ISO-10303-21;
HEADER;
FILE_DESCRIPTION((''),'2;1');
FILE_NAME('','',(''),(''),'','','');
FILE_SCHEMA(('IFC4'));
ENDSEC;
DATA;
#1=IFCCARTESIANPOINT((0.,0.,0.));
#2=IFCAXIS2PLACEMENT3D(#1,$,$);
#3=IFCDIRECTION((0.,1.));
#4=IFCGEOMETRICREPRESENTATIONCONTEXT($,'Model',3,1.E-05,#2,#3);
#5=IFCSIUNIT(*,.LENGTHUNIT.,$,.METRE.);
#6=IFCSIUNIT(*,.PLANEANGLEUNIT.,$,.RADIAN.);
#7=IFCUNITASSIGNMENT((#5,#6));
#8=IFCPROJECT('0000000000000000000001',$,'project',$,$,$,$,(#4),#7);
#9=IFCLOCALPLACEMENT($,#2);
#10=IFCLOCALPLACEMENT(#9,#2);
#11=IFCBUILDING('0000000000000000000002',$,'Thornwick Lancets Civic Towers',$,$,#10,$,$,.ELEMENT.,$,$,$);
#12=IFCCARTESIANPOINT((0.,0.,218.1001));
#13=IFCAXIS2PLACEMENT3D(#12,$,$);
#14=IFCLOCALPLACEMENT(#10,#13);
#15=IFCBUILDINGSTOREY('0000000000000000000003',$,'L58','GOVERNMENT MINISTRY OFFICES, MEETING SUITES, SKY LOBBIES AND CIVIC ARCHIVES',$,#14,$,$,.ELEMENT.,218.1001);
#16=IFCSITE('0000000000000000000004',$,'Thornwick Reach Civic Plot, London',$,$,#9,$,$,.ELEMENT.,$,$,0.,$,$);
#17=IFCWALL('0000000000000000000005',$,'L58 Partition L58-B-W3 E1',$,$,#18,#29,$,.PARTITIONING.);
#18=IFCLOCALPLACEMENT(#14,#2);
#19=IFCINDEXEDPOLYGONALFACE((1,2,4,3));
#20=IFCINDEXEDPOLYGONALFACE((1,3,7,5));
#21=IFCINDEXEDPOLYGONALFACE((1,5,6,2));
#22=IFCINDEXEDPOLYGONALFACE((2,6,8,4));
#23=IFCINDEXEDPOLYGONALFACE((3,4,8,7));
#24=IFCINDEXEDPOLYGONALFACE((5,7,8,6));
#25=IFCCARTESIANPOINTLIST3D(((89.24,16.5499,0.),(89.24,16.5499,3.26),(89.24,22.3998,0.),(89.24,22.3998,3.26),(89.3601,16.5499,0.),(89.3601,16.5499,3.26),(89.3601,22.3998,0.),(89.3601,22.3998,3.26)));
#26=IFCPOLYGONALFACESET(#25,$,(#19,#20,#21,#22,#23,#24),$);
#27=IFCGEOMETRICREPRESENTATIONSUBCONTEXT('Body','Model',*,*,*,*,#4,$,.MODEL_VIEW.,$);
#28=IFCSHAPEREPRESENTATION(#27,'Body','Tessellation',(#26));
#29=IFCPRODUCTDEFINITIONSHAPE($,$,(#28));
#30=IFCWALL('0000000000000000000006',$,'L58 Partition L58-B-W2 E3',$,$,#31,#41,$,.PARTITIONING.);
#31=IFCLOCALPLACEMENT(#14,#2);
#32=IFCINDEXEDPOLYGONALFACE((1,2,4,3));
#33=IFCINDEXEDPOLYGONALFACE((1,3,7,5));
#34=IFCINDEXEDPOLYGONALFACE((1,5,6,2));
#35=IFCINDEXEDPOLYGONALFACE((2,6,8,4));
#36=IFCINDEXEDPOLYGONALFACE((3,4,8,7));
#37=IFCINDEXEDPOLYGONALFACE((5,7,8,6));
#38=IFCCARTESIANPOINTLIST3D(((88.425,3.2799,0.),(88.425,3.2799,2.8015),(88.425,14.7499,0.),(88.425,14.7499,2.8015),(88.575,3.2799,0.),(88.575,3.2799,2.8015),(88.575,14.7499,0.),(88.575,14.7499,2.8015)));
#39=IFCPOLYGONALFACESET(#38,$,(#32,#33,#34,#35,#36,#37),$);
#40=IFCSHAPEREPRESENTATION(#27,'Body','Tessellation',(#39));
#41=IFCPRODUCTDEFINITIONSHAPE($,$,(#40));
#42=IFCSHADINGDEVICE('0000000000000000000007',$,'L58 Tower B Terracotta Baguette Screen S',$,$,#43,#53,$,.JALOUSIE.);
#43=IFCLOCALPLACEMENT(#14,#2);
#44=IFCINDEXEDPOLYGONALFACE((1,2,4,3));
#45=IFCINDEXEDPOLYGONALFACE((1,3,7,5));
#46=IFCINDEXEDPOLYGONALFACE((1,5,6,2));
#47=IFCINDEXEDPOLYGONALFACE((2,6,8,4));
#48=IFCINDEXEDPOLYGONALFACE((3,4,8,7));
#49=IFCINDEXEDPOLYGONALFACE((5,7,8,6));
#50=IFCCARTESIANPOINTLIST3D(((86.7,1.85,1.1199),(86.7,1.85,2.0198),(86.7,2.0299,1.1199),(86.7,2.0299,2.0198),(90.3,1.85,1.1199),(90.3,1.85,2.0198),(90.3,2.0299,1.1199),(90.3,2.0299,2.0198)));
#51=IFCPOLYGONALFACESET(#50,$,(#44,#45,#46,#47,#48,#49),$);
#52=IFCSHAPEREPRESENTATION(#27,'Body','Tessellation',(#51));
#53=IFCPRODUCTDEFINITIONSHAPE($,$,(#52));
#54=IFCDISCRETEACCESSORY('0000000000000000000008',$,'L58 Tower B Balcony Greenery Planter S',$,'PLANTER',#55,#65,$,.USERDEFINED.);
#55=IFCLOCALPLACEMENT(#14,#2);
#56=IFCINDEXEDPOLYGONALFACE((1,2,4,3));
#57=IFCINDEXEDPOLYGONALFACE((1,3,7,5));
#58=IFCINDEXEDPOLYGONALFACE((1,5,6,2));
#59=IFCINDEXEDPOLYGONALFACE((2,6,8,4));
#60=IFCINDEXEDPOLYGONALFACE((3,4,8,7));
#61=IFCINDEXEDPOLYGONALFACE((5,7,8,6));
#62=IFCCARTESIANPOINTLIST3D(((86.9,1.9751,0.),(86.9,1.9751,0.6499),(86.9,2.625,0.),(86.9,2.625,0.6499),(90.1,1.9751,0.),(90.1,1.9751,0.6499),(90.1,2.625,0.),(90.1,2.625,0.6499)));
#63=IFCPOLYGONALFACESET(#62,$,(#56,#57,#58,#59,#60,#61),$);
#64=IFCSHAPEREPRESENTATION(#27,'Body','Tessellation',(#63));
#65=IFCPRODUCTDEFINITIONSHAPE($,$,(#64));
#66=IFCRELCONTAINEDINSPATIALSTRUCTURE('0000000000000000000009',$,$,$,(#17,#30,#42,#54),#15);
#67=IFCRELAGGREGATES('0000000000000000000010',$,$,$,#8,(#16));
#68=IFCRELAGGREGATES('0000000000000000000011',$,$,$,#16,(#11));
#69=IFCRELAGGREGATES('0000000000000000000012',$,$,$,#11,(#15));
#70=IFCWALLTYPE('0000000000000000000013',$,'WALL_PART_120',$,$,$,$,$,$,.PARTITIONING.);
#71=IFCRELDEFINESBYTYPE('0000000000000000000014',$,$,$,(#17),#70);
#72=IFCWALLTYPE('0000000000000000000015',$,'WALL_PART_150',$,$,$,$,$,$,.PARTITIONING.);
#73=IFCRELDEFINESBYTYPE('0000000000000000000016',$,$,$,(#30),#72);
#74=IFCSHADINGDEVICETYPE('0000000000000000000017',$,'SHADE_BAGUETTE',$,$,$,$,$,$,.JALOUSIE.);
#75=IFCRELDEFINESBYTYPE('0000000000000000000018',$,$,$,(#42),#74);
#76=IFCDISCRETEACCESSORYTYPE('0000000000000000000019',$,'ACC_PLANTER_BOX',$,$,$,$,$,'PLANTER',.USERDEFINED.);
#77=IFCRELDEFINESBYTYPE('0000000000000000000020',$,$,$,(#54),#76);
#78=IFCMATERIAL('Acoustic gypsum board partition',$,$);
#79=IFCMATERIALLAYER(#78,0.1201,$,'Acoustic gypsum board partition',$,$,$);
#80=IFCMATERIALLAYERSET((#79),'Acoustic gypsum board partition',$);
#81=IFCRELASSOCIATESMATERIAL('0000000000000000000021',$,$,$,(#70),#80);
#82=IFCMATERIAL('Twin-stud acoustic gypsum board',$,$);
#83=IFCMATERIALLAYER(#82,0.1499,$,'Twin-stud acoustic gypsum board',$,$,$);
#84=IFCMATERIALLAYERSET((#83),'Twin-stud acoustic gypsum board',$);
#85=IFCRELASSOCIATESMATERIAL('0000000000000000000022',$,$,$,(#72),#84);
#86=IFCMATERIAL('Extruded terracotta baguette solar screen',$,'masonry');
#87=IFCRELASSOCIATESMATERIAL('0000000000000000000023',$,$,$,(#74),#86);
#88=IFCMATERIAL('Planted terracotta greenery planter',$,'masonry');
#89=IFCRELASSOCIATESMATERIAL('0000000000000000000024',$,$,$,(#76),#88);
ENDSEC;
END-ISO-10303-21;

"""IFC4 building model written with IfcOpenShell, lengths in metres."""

from ifc_helpers import new_model, si_unit, direction, frame, frame_2d, origin, origin_2d, place, context, subcontext, project, spatial, rectangle, extrude, material, layer, layer_set, type_object, element, save


model = new_model("IFC4")

# Units and contexts
model_context = context("Model", 3, precision=1e-05, world=origin(), true_north=direction((0.0, 1.0)))
body_context = subcontext(model_context, "Body", "Model", "MODEL_VIEW")
ifc_project = project(units=[si_unit("LENGTHUNIT", "METRE"), si_unit("PLANEANGLEUNIT", "RADIAN")], contexts=[model_context])

# Site, building, storey
site_placement = place(None, origin())
site = spatial("IfcSite", under=ifc_project, at=site_placement, Name="Thornwick Reach Civic Plot, London", CompositionType="ELEMENT", RefElevation=0.0)
building_placement = place(site_placement, origin())
building = spatial("IfcBuilding", under=site, at=building_placement, Name="Thornwick Lancets Civic Towers", CompositionType="ELEMENT")
storey_placement = place(building_placement, frame((0.0, 0.0, 218.1001)))
storey = spatial("IfcBuildingStorey", under=building, at=storey_placement, Name="L58", Description="GOVERNMENT MINISTRY OFFICES, MEETING SUITES, SKY LOBBIES AND CIVIC ARCHIVES", CompositionType="ELEMENT", Elevation=218.1001)

# Shared definitions
ifc_material_1 = material(Name="Acoustic gypsum board partition")
ifc_layer_1 = layer(ifc_material_1, 0.1201, Name="Acoustic gypsum board partition")
ifc_layer_set_1 = layer_set([ifc_layer_1], Name="Acoustic gypsum board partition")
wall_type_1 = type_object("IfcWallType", Name="WALL_PART_120", PredefinedType="PARTITIONING", material=ifc_layer_set_1)

# Walls
wall_1_placement = place(storey_placement, frame((89.3, 16.55, 0.0), z_axis=(0.0, 0.0, 1.0), x_axis=(0.0, 1.0, 0.0)))
element("IfcWall", 1, at=wall_1_placement, inside=storey, type_object=wall_type_1, Name="L58 Partition L58-B-W3 E1", PredefinedType="PARTITIONING", context=body_context, shape_type="SweptSolid", body=[
    extrude(rectangle(XDim=5.8499, YDim=0.1201, at=frame_2d((2.9248, 0.0))), origin(), (0.0, 0.0, 1.0), 3.26),
])
ifc_material_2 = material(Name="Twin-stud acoustic gypsum board")
ifc_layer_2 = layer(ifc_material_2, 0.1499, Name="Twin-stud acoustic gypsum board")
ifc_layer_set_2 = layer_set([ifc_layer_2], Name="Twin-stud acoustic gypsum board")
wall_type_2 = type_object("IfcWallType", Name="WALL_PART_150", PredefinedType="PARTITIONING", material=ifc_layer_set_2)
wall_2_placement = place(storey_placement, frame((88.5, 3.28, 0.0), z_axis=(0.0, 0.0, 1.0), x_axis=(0.0, 1.0, 0.0)))
element("IfcWall", 2, at=wall_2_placement, inside=storey, type_object=wall_type_2, Name="L58 Partition L58-B-W2 E3", PredefinedType="PARTITIONING", context=body_context, shape_type="SweptSolid", body=[
    extrude(rectangle(XDim=11.47, YDim=0.1499, at=frame_2d((5.7349, 0.0))), origin(), (0.0, 0.0, 1.0), 2.8015),
])

# Shading device
ifc_material_3 = material(Name="Extruded terracotta baguette solar screen", Category="masonry")
shading_device_type = type_object("IfcShadingDeviceType", Name="SHADE_BAGUETTE", PredefinedType="JALOUSIE", material=ifc_material_3)
shading_device_placement = place(storey_placement, frame((88.5, 1.9399, 1.1199), z_axis=(0.0, 0.0, 1.0), x_axis=(1.0, 0.0, 0.0)))
element("IfcShadingDevice", 3, at=shading_device_placement, inside=storey, type_object=shading_device_type, Name="L58 Tower B Terracotta Baguette Screen S", PredefinedType="JALOUSIE", context=body_context, shape_type="SweptSolid", body=[
    extrude(rectangle(XDim=3.6001, YDim=0.1799, at=origin_2d()), origin(), (0.0, 0.0, 1.0), 0.8999),
])

# Discrete accessory
ifc_material_4 = material(Name="Planted terracotta greenery planter", Category="masonry")
discrete_accessory_type = type_object("IfcDiscreteAccessoryType", Name="ACC_PLANTER_BOX", ElementType="PLANTER", PredefinedType="USERDEFINED", material=ifc_material_4)
discrete_accessory_placement = place(storey_placement, frame((88.5, 2.3, 0.0), z_axis=(0.0, 0.0, 1.0), x_axis=(1.0, 0.0, 0.0)))
element("IfcDiscreteAccessory", 4, at=discrete_accessory_placement, inside=storey, type_object=discrete_accessory_type, Name="L58 Tower B Balcony Greenery Planter S", ObjectType="PLANTER", PredefinedType="USERDEFINED", context=body_context, shape_type="SweptSolid", body=[
    extrude(rectangle(XDim=3.2, YDim=0.6499, at=origin_2d()), origin(), (0.0, 0.0, 1.0), 0.6499),
])

save(model, "model.ifc")
